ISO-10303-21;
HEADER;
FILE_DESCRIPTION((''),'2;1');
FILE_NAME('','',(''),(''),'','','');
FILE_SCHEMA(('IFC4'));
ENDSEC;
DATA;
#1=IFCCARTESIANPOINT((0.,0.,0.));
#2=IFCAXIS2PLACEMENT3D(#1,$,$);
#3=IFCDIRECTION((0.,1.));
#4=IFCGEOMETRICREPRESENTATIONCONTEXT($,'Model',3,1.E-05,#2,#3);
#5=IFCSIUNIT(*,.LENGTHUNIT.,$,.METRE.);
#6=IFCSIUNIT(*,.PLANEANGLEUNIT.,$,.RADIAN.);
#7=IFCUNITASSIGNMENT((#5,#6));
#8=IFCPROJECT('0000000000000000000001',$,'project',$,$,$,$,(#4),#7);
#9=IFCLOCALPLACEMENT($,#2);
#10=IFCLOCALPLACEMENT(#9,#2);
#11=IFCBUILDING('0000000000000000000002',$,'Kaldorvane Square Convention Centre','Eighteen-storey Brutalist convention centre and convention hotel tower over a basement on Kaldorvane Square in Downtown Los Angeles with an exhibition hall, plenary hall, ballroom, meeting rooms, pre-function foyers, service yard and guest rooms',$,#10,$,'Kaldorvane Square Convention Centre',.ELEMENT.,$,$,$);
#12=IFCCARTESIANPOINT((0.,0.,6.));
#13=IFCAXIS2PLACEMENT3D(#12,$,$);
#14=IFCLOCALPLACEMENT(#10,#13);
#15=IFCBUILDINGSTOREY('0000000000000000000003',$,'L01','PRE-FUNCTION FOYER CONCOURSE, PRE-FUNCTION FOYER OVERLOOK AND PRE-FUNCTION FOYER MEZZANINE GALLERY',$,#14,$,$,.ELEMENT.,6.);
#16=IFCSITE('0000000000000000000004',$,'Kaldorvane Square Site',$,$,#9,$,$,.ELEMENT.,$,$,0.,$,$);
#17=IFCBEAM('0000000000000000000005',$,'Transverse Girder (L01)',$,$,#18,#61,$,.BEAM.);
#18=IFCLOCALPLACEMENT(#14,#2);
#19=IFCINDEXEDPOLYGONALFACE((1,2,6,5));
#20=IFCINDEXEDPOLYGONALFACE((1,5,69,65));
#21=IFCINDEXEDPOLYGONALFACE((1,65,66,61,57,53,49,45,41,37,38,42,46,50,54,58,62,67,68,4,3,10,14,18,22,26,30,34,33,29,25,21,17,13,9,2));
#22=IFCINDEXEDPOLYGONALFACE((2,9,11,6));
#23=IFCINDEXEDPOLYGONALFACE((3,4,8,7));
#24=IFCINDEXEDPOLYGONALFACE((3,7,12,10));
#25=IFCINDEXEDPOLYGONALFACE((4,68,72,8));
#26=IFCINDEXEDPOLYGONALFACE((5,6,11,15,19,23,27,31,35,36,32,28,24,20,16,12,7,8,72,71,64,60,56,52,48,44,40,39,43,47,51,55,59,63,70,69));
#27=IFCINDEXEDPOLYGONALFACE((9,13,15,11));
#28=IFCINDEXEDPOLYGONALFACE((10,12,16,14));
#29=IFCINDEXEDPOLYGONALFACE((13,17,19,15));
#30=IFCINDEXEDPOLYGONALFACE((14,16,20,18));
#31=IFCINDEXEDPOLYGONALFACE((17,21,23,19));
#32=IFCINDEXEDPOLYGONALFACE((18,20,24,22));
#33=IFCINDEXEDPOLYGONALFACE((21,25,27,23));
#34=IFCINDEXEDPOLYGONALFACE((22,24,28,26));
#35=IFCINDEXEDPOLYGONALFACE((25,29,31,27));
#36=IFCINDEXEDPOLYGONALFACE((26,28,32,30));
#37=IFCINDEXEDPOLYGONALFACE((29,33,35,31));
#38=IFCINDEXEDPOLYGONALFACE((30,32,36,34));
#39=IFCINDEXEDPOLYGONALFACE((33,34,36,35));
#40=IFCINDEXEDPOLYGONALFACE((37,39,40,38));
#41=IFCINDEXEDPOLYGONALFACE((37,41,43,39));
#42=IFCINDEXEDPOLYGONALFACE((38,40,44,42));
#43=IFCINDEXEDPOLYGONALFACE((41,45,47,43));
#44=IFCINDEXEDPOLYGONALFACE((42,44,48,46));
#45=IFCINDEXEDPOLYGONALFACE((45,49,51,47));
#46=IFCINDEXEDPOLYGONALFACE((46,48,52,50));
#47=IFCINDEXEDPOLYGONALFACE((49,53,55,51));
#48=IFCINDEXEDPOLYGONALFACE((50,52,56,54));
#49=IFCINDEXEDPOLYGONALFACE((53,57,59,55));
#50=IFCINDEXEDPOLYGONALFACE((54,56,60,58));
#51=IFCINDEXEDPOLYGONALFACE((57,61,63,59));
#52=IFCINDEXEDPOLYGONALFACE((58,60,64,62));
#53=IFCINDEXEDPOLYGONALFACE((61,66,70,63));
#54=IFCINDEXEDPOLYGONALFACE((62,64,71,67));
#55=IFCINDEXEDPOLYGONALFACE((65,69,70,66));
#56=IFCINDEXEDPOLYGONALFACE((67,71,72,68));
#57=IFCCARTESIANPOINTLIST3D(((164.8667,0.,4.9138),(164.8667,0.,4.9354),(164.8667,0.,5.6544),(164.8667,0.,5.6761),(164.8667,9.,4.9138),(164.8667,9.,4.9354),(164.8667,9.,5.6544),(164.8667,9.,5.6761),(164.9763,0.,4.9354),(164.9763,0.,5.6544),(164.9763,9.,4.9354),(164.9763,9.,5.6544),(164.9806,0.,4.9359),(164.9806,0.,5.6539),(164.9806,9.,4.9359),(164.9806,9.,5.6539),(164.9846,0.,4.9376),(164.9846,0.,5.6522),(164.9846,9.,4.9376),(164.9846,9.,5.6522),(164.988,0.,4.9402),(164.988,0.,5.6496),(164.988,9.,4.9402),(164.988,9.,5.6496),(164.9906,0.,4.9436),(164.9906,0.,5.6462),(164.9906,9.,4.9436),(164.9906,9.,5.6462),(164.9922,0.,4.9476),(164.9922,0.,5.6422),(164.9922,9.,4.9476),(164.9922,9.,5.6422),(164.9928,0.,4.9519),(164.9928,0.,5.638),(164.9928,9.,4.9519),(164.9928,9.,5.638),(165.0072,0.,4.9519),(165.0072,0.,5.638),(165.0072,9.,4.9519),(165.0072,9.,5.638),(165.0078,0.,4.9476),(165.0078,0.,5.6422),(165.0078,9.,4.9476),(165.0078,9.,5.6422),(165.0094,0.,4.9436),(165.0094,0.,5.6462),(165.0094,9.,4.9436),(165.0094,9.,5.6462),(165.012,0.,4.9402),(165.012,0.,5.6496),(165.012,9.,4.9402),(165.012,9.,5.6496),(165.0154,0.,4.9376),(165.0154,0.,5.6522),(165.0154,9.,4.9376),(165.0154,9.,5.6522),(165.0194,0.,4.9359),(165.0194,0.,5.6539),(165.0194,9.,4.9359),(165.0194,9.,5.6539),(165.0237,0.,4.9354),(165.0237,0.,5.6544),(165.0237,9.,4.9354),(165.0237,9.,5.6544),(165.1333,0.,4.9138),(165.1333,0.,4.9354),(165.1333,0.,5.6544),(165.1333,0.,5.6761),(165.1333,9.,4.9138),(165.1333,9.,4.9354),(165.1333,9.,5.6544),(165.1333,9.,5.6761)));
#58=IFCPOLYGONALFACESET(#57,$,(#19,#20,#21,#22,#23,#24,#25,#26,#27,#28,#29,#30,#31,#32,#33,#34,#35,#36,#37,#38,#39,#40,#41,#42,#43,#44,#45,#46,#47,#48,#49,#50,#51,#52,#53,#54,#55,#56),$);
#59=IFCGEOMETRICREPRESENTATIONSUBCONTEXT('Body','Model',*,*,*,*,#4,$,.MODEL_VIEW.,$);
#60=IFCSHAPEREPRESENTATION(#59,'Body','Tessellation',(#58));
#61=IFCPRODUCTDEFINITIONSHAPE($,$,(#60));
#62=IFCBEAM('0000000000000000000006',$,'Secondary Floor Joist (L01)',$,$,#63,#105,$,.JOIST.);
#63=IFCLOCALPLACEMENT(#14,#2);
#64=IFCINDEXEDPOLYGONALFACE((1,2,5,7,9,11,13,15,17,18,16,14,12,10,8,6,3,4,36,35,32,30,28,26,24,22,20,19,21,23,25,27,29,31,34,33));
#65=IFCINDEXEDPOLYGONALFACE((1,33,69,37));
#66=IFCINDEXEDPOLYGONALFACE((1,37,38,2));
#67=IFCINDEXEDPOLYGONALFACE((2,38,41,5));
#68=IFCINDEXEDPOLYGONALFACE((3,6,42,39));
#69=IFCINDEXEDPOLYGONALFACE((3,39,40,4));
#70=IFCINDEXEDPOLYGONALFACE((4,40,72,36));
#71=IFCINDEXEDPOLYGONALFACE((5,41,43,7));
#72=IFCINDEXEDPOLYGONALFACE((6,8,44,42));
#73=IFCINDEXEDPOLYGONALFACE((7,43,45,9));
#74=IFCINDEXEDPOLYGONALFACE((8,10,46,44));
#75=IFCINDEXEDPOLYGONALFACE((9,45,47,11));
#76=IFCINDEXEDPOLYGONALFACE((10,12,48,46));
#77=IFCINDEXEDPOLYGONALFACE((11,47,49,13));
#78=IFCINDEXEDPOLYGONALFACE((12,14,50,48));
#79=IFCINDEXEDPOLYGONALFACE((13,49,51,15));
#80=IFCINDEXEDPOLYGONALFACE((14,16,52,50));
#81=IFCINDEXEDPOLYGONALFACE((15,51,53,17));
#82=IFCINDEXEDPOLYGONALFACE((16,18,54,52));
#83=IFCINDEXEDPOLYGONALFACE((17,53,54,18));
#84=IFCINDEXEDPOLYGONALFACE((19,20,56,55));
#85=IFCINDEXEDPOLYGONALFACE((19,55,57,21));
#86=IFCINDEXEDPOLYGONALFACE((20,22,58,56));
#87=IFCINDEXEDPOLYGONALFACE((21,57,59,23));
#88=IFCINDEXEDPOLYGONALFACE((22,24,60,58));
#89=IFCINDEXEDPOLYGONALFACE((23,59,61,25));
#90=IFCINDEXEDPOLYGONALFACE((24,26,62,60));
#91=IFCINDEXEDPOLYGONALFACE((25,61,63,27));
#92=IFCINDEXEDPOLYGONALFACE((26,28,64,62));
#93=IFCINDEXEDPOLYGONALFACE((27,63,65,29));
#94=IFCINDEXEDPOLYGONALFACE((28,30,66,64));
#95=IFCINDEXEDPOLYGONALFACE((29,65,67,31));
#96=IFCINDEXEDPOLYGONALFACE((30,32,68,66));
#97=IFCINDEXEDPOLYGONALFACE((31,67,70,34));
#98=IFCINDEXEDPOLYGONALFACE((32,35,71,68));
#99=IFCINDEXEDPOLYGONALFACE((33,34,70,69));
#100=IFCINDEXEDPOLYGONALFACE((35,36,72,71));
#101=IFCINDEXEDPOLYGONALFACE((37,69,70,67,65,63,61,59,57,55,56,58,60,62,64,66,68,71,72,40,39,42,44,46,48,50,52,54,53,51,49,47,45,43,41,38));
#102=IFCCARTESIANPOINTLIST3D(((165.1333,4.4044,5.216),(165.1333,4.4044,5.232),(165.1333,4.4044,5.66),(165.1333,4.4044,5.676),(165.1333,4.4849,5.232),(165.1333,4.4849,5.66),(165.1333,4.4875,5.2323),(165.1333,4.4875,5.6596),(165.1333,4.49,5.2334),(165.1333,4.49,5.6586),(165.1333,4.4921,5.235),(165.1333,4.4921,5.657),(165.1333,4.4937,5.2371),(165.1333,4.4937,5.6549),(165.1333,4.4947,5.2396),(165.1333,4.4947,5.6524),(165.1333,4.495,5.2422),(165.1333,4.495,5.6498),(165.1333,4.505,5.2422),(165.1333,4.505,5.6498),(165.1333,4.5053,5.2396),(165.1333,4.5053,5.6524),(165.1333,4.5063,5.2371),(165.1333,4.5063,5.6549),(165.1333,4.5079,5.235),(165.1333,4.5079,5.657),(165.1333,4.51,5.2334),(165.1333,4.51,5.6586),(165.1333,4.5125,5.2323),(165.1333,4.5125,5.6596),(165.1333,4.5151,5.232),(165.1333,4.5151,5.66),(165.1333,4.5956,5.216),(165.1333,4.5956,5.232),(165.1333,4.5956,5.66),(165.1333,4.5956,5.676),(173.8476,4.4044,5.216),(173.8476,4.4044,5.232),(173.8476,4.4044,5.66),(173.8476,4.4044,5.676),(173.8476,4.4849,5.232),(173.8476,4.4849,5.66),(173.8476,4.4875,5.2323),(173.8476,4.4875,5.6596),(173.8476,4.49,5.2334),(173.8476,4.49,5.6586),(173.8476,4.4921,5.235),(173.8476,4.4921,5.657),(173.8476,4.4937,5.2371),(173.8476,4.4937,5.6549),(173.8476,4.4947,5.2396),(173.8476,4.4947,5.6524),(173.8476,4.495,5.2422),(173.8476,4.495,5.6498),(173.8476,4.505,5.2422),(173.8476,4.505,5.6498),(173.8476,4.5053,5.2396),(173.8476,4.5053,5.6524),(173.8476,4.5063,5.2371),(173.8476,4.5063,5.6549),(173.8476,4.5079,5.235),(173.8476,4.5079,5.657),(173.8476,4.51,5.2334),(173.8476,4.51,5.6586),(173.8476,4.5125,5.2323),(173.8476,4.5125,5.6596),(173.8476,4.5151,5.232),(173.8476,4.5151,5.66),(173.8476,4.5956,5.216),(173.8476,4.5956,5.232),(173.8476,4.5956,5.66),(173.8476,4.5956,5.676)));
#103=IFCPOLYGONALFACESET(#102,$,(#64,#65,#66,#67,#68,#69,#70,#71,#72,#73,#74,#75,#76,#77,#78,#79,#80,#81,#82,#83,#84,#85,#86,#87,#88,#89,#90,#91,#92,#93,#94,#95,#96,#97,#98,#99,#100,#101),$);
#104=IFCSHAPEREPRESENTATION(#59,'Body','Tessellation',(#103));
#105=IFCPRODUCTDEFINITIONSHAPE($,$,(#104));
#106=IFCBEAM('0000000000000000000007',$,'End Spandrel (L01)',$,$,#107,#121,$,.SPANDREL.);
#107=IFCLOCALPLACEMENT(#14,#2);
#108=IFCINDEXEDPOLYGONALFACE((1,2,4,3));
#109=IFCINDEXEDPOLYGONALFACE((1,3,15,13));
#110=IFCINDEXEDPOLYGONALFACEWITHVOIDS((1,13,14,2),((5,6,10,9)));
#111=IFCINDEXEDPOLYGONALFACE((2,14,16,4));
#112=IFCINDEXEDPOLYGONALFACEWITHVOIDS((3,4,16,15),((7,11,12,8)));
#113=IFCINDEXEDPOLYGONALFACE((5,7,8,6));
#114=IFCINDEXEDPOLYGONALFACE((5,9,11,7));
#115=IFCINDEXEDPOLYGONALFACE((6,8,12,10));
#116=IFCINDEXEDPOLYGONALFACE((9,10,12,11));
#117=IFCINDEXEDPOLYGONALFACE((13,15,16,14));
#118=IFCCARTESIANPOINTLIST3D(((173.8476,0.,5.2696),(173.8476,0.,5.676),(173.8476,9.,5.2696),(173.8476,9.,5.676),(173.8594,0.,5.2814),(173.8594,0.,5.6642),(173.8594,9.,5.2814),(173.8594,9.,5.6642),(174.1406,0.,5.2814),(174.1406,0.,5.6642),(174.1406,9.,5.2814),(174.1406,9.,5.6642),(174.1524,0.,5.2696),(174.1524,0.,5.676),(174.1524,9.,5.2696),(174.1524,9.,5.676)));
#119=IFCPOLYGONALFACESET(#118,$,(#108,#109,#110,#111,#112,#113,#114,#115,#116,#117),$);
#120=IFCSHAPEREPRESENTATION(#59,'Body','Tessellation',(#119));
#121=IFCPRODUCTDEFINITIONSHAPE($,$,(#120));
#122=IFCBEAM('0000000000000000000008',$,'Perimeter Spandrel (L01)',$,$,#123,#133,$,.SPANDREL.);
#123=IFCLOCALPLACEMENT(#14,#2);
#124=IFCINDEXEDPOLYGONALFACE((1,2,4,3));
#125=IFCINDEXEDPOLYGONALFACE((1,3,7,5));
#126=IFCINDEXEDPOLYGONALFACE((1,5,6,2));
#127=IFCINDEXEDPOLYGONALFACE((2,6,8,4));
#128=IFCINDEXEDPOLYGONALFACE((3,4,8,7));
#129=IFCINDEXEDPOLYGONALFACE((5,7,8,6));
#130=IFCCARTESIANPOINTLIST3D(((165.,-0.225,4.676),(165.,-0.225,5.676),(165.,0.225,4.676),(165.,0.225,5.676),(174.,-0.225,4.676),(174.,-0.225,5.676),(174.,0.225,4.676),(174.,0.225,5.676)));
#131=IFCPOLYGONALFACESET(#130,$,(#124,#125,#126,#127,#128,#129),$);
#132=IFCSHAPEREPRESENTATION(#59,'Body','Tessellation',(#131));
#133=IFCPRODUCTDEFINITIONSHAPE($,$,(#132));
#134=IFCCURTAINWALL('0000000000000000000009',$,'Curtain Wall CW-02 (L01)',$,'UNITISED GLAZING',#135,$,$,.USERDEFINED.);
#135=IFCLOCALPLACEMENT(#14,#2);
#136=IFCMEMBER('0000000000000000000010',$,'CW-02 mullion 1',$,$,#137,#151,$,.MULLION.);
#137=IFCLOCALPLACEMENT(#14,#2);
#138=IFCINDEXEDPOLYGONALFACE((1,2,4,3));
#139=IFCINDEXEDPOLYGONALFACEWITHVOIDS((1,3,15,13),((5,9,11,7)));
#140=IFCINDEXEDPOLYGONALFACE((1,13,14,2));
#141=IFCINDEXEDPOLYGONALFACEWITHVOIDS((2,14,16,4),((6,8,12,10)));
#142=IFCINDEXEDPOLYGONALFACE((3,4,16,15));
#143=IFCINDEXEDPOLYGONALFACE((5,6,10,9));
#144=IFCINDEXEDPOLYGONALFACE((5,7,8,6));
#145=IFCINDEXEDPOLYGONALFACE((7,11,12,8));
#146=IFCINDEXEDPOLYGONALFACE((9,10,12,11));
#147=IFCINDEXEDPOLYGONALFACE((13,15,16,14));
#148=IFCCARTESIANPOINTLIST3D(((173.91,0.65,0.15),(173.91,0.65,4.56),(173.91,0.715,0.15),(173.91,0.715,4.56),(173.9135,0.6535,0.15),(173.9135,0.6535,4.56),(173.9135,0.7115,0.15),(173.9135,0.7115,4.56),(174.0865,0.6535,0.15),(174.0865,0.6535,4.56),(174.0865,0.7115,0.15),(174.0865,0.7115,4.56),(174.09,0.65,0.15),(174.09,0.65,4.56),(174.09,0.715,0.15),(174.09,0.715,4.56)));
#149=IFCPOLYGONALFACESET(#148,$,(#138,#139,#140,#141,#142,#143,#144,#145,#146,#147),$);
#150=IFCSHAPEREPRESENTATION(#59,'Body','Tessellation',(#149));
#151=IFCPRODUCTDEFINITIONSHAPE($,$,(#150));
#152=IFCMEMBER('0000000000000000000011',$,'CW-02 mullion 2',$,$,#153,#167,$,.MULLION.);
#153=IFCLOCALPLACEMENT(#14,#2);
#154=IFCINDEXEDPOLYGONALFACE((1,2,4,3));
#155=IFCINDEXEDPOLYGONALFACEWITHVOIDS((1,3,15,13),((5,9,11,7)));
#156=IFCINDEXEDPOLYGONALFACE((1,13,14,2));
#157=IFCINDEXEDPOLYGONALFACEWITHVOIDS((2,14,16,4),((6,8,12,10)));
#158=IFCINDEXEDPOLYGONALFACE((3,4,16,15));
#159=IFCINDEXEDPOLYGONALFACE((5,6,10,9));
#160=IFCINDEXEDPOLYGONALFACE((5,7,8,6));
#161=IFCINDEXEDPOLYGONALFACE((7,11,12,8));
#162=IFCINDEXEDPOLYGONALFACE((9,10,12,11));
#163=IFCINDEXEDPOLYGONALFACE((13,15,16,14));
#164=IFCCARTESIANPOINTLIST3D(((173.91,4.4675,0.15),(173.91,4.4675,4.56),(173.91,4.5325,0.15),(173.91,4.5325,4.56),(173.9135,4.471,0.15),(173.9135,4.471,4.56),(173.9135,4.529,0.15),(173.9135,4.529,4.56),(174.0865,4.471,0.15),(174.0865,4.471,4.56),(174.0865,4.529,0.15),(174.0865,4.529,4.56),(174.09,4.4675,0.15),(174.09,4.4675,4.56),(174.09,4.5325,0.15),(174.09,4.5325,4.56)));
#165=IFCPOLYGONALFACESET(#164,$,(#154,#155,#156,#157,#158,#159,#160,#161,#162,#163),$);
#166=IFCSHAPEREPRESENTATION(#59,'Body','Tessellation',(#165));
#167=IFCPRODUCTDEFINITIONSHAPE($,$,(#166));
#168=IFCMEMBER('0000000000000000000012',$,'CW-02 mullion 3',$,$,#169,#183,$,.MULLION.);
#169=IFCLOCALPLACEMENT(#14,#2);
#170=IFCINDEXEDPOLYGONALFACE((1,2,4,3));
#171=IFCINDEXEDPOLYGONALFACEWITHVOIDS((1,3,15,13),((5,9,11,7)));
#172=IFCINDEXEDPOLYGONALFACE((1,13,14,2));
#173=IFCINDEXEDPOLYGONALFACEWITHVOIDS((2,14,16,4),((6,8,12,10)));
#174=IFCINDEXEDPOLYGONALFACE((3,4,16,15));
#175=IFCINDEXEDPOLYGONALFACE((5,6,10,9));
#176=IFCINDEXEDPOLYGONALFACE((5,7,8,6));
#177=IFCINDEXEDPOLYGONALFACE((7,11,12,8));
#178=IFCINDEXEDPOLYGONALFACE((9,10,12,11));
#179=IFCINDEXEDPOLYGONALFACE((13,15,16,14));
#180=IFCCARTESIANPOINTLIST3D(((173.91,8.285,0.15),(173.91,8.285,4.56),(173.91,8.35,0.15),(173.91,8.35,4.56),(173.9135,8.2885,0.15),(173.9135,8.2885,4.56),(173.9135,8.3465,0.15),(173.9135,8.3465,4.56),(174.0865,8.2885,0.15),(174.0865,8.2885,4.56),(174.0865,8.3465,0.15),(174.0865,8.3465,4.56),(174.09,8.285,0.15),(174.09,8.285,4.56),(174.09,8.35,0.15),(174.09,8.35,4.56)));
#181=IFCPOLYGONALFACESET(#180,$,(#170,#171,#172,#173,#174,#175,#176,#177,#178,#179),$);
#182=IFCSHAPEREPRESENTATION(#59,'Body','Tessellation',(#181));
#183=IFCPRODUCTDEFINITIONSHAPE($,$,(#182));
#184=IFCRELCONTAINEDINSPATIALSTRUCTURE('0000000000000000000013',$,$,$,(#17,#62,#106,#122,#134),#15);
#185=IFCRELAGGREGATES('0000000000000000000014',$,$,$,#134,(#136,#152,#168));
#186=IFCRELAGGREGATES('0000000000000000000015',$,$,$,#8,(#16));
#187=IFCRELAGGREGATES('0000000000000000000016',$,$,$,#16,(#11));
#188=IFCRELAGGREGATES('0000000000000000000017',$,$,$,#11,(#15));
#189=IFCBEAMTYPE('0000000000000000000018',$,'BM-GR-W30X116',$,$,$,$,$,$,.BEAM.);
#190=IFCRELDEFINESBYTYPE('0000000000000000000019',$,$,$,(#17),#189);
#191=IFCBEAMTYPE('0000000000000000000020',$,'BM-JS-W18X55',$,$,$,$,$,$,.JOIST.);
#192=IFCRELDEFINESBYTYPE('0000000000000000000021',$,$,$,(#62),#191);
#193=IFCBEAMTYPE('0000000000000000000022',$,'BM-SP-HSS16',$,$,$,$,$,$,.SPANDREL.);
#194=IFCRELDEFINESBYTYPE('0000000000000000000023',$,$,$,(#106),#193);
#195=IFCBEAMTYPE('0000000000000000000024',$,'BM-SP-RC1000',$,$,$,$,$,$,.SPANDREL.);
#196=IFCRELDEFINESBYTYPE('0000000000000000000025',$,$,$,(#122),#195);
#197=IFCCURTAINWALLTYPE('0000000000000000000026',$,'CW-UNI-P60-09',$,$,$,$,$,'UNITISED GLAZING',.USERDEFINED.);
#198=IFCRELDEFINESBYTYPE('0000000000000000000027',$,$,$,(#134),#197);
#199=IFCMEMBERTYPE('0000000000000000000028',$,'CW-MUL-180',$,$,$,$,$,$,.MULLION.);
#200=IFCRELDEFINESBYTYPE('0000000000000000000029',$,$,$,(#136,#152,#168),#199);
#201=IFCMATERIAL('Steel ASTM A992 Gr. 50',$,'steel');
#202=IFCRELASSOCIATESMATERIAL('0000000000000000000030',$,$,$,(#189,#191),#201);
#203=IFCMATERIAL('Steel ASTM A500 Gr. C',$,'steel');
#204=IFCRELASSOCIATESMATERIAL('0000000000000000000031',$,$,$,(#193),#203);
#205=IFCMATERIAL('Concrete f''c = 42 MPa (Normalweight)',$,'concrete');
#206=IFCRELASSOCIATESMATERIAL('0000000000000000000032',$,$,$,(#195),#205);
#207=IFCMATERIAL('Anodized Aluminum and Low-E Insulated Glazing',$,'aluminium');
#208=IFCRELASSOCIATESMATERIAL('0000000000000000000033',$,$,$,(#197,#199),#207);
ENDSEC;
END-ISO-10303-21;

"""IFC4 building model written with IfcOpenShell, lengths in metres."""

from ifc_helpers import new_model, si_unit, direction, frame, origin, origin_2d, place, context, subcontext, project, spatial, rectangle, hollow_rectangle, i_section, extrude, material, material_profile, profile_set, type_object, element, aggregate, save


model = new_model("IFC4")

# Units and contexts
model_context = context("Model", 3, precision=1e-05, world=origin(), true_north=direction((0.0, 1.0)))
body_context = subcontext(model_context, "Body", "Model", "MODEL_VIEW")
ifc_project = project(units=[si_unit("LENGTHUNIT", "METRE"), si_unit("PLANEANGLEUNIT", "RADIAN")], contexts=[model_context])

# Site, building, storey
site_placement = place(None, origin())
site = spatial("IfcSite", under=ifc_project, at=site_placement, Name="Kaldorvane Square Site", CompositionType="ELEMENT", RefElevation=0.0)
building_placement = place(site_placement, origin())
building = spatial("IfcBuilding", under=site, at=building_placement, Name="Kaldorvane Square Convention Centre", Description="Eighteen-storey Brutalist convention centre and convention hotel tower over a basement on Kaldorvane Square in Downtown Los Angeles with an exhibition hall, plenary hall, ballroom, meeting rooms, pre-function foyers, service yard and guest rooms", LongName="Kaldorvane Square Convention Centre", CompositionType="ELEMENT")
storey_placement = place(building_placement, frame((0.0, 0.0, 6.0)))
storey = spatial("IfcBuildingStorey", under=building, at=storey_placement, Name="L01", Description="PRE-FUNCTION FOYER CONCOURSE, PRE-FUNCTION FOYER OVERLOOK AND PRE-FUNCTION FOYER MEZZANINE GALLERY", CompositionType="ELEMENT", Elevation=6.0)

# Shared definitions
ifc_material_1 = material(Name="Steel ASTM A992 Gr. 50", Category="steel")

# Beams
ifc_material_profile_1 = material_profile(ifc_material_1, i_section(OverallWidth=0.2666, OverallDepth=0.7623, WebThickness=0.0144, FlangeThickness=0.0216, FilletRadius=0.0165, at=origin_2d()), Name="W30X116")
ifc_profile_set_1 = profile_set([ifc_material_profile_1], Name="Steel ASTM A992 Gr. 50")
beam_type_1 = type_object("IfcBeamType", Name="BM-GR-W30X116", PredefinedType="BEAM", material=ifc_profile_set_1)
beam_1_placement = place(storey_placement, frame((165.0, 0.0, 5.2949), z_axis=(0.0, 1.0, 0.0), x_axis=(-1.0, 0.0, 0.0)))
element("IfcBeam", 1, at=beam_1_placement, inside=storey, type_object=beam_type_1, Name="Transverse Girder (L01)", PredefinedType="BEAM", context=body_context, shape_type="SweptSolid", body=[
    extrude(i_section(OverallWidth=0.2666, OverallDepth=0.7623, WebThickness=0.0144, FlangeThickness=0.0216, FilletRadius=0.0165, at=origin_2d()), origin(), (0.0, 0.0, 1.0), 9.0),
])
ifc_material_profile_2 = material_profile(ifc_material_1, i_section(OverallWidth=0.1913, OverallDepth=0.46, WebThickness=0.0099, FlangeThickness=0.016, FilletRadius=0.0102, at=origin_2d()), Name="W18X55")
ifc_profile_set_2 = profile_set([ifc_material_profile_2], Name="Steel ASTM A992 Gr. 50")
beam_type_2 = type_object("IfcBeamType", Name="BM-JS-W18X55", PredefinedType="JOIST", material=ifc_profile_set_2)
beam_2_placement = place(storey_placement, frame((165.1333, 4.5, 5.446), z_axis=(1.0, 0.0, 0.0), x_axis=(0.0, 1.0, 0.0)))
element("IfcBeam", 2, at=beam_2_placement, inside=storey, type_object=beam_type_2, Name="Secondary Floor Joist (L01)", PredefinedType="JOIST", context=body_context, shape_type="SweptSolid", body=[
    extrude(i_section(OverallWidth=0.1913, OverallDepth=0.46, WebThickness=0.0099, FlangeThickness=0.016, FilletRadius=0.0102, at=origin_2d()), origin(), (0.0, 0.0, 1.0), 8.7143),
])
ifc_material_2 = material(Name="Steel ASTM A500 Gr. C", Category="steel")
ifc_material_profile_3 = material_profile(ifc_material_2, hollow_rectangle(XDim=0.3048, YDim=0.4064, WallThickness=0.0118, at=origin_2d()), Name="HSS16X12X1/2")
ifc_profile_set_3 = profile_set([ifc_material_profile_3], Name="Steel ASTM A500 Gr. C")
beam_type_3 = type_object("IfcBeamType", Name="BM-SP-HSS16", PredefinedType="SPANDREL", material=ifc_profile_set_3)
beam_3_placement = place(storey_placement, frame((174.0, 0.0, 5.4728), z_axis=(0.0, 1.0, 0.0), x_axis=(-1.0, 0.0, 0.0)))
element("IfcBeam", 3, at=beam_3_placement, inside=storey, type_object=beam_type_3, Name="End Spandrel (L01)", PredefinedType="SPANDREL", context=body_context, shape_type="SweptSolid", body=[
    extrude(hollow_rectangle(XDim=0.3048, YDim=0.4064, WallThickness=0.0118, at=origin_2d()), origin(), (0.0, 0.0, 1.0), 9.0),
])
ifc_material_3 = material(Name="Concrete f'c = 42 MPa (Normalweight)", Category="concrete")
ifc_material_profile_4 = material_profile(ifc_material_3, rectangle(XDim=0.45, YDim=1.0, at=origin_2d()), Name="RCSP1000X450")
ifc_profile_set_4 = profile_set([ifc_material_profile_4], Name="Concrete f'c = 42 MPa (Normalweight)")
beam_type_4 = type_object("IfcBeamType", Name="BM-SP-RC1000", PredefinedType="SPANDREL", material=ifc_profile_set_4)
beam_4_placement = place(storey_placement, frame((165.0, 0.0, 5.176), z_axis=(1.0, 0.0, 0.0), x_axis=(0.0, 1.0, 0.0)))
element("IfcBeam", 4, at=beam_4_placement, inside=storey, type_object=beam_type_4, Name="Perimeter Spandrel (L01)", PredefinedType="SPANDREL", context=body_context, shape_type="SweptSolid", body=[
    extrude(rectangle(XDim=0.45, YDim=1.0, at=origin_2d()), origin(), (0.0, 0.0, 1.0), 9.0),
])

# Curtain wall, members
ifc_material_4 = material(Name="Anodized Aluminum and Low-E Insulated Glazing", Category="aluminium")
curtain_wall_type_1 = type_object("IfcCurtainWallType", Name="CW-UNI-P60-09", ElementType="UNITISED GLAZING", PredefinedType="USERDEFINED", material=ifc_material_4)
curtain_wall_1_placement = place(storey_placement, origin())
curtain_wall_1 = element("IfcCurtainWall", 5, at=curtain_wall_1_placement, inside=storey, type_object=curtain_wall_type_1, Name="Curtain Wall CW-02 (L01)", ObjectType="UNITISED GLAZING", PredefinedType="USERDEFINED")
ifc_material_profile_5 = material_profile(ifc_material_4, hollow_rectangle(XDim=0.065, YDim=0.18, WallThickness=0.0035, at=origin_2d()), Name="CWM-180X65")
ifc_profile_set_5 = profile_set([ifc_material_profile_5], Name="Anodized Aluminum and Low-E Insulated Glazing")
member_type_1 = type_object("IfcMemberType", Name="CW-MUL-180", PredefinedType="MULLION", material=ifc_profile_set_5)
member_1_placement = place(storey_placement, frame((174.0, 0.6825, 0.15), z_axis=(0.0, 0.0, 1.0), x_axis=(0.0, 1.0, 0.0)))
member_1 = element("IfcMember", 6, at=member_1_placement, type_object=member_type_1, Name="CW-02 mullion 1", PredefinedType="MULLION", context=body_context, shape_type="SweptSolid", body=[
    extrude(hollow_rectangle(XDim=0.065, YDim=0.18, WallThickness=0.0035, at=origin_2d()), origin(), (0.0, 0.0, 1.0), 4.41),
])
member_2_placement = place(storey_placement, frame((174.0, 4.5, 0.15), z_axis=(0.0, 0.0, 1.0), x_axis=(0.0, 1.0, 0.0)))
member_2 = element("IfcMember", 7, at=member_2_placement, type_object=member_type_1, Name="CW-02 mullion 2", PredefinedType="MULLION", context=body_context, shape_type="SweptSolid", body=[
    extrude(hollow_rectangle(XDim=0.065, YDim=0.18, WallThickness=0.0035, at=origin_2d()), origin(), (0.0, 0.0, 1.0), 4.41),
])
member_3_placement = place(storey_placement, frame((174.0, 8.3175, 0.15), z_axis=(0.0, 0.0, 1.0), x_axis=(0.0, 1.0, 0.0)))
member_3 = element("IfcMember", 8, at=member_3_placement, type_object=member_type_1, Name="CW-02 mullion 3", PredefinedType="MULLION", context=body_context, shape_type="SweptSolid", body=[
    extrude(hollow_rectangle(XDim=0.065, YDim=0.18, WallThickness=0.0035, at=origin_2d()), origin(), (0.0, 0.0, 1.0), 4.41),
])

aggregate(curtain_wall_1, [member_1, member_2, member_3])

save(model, "model.ifc")
